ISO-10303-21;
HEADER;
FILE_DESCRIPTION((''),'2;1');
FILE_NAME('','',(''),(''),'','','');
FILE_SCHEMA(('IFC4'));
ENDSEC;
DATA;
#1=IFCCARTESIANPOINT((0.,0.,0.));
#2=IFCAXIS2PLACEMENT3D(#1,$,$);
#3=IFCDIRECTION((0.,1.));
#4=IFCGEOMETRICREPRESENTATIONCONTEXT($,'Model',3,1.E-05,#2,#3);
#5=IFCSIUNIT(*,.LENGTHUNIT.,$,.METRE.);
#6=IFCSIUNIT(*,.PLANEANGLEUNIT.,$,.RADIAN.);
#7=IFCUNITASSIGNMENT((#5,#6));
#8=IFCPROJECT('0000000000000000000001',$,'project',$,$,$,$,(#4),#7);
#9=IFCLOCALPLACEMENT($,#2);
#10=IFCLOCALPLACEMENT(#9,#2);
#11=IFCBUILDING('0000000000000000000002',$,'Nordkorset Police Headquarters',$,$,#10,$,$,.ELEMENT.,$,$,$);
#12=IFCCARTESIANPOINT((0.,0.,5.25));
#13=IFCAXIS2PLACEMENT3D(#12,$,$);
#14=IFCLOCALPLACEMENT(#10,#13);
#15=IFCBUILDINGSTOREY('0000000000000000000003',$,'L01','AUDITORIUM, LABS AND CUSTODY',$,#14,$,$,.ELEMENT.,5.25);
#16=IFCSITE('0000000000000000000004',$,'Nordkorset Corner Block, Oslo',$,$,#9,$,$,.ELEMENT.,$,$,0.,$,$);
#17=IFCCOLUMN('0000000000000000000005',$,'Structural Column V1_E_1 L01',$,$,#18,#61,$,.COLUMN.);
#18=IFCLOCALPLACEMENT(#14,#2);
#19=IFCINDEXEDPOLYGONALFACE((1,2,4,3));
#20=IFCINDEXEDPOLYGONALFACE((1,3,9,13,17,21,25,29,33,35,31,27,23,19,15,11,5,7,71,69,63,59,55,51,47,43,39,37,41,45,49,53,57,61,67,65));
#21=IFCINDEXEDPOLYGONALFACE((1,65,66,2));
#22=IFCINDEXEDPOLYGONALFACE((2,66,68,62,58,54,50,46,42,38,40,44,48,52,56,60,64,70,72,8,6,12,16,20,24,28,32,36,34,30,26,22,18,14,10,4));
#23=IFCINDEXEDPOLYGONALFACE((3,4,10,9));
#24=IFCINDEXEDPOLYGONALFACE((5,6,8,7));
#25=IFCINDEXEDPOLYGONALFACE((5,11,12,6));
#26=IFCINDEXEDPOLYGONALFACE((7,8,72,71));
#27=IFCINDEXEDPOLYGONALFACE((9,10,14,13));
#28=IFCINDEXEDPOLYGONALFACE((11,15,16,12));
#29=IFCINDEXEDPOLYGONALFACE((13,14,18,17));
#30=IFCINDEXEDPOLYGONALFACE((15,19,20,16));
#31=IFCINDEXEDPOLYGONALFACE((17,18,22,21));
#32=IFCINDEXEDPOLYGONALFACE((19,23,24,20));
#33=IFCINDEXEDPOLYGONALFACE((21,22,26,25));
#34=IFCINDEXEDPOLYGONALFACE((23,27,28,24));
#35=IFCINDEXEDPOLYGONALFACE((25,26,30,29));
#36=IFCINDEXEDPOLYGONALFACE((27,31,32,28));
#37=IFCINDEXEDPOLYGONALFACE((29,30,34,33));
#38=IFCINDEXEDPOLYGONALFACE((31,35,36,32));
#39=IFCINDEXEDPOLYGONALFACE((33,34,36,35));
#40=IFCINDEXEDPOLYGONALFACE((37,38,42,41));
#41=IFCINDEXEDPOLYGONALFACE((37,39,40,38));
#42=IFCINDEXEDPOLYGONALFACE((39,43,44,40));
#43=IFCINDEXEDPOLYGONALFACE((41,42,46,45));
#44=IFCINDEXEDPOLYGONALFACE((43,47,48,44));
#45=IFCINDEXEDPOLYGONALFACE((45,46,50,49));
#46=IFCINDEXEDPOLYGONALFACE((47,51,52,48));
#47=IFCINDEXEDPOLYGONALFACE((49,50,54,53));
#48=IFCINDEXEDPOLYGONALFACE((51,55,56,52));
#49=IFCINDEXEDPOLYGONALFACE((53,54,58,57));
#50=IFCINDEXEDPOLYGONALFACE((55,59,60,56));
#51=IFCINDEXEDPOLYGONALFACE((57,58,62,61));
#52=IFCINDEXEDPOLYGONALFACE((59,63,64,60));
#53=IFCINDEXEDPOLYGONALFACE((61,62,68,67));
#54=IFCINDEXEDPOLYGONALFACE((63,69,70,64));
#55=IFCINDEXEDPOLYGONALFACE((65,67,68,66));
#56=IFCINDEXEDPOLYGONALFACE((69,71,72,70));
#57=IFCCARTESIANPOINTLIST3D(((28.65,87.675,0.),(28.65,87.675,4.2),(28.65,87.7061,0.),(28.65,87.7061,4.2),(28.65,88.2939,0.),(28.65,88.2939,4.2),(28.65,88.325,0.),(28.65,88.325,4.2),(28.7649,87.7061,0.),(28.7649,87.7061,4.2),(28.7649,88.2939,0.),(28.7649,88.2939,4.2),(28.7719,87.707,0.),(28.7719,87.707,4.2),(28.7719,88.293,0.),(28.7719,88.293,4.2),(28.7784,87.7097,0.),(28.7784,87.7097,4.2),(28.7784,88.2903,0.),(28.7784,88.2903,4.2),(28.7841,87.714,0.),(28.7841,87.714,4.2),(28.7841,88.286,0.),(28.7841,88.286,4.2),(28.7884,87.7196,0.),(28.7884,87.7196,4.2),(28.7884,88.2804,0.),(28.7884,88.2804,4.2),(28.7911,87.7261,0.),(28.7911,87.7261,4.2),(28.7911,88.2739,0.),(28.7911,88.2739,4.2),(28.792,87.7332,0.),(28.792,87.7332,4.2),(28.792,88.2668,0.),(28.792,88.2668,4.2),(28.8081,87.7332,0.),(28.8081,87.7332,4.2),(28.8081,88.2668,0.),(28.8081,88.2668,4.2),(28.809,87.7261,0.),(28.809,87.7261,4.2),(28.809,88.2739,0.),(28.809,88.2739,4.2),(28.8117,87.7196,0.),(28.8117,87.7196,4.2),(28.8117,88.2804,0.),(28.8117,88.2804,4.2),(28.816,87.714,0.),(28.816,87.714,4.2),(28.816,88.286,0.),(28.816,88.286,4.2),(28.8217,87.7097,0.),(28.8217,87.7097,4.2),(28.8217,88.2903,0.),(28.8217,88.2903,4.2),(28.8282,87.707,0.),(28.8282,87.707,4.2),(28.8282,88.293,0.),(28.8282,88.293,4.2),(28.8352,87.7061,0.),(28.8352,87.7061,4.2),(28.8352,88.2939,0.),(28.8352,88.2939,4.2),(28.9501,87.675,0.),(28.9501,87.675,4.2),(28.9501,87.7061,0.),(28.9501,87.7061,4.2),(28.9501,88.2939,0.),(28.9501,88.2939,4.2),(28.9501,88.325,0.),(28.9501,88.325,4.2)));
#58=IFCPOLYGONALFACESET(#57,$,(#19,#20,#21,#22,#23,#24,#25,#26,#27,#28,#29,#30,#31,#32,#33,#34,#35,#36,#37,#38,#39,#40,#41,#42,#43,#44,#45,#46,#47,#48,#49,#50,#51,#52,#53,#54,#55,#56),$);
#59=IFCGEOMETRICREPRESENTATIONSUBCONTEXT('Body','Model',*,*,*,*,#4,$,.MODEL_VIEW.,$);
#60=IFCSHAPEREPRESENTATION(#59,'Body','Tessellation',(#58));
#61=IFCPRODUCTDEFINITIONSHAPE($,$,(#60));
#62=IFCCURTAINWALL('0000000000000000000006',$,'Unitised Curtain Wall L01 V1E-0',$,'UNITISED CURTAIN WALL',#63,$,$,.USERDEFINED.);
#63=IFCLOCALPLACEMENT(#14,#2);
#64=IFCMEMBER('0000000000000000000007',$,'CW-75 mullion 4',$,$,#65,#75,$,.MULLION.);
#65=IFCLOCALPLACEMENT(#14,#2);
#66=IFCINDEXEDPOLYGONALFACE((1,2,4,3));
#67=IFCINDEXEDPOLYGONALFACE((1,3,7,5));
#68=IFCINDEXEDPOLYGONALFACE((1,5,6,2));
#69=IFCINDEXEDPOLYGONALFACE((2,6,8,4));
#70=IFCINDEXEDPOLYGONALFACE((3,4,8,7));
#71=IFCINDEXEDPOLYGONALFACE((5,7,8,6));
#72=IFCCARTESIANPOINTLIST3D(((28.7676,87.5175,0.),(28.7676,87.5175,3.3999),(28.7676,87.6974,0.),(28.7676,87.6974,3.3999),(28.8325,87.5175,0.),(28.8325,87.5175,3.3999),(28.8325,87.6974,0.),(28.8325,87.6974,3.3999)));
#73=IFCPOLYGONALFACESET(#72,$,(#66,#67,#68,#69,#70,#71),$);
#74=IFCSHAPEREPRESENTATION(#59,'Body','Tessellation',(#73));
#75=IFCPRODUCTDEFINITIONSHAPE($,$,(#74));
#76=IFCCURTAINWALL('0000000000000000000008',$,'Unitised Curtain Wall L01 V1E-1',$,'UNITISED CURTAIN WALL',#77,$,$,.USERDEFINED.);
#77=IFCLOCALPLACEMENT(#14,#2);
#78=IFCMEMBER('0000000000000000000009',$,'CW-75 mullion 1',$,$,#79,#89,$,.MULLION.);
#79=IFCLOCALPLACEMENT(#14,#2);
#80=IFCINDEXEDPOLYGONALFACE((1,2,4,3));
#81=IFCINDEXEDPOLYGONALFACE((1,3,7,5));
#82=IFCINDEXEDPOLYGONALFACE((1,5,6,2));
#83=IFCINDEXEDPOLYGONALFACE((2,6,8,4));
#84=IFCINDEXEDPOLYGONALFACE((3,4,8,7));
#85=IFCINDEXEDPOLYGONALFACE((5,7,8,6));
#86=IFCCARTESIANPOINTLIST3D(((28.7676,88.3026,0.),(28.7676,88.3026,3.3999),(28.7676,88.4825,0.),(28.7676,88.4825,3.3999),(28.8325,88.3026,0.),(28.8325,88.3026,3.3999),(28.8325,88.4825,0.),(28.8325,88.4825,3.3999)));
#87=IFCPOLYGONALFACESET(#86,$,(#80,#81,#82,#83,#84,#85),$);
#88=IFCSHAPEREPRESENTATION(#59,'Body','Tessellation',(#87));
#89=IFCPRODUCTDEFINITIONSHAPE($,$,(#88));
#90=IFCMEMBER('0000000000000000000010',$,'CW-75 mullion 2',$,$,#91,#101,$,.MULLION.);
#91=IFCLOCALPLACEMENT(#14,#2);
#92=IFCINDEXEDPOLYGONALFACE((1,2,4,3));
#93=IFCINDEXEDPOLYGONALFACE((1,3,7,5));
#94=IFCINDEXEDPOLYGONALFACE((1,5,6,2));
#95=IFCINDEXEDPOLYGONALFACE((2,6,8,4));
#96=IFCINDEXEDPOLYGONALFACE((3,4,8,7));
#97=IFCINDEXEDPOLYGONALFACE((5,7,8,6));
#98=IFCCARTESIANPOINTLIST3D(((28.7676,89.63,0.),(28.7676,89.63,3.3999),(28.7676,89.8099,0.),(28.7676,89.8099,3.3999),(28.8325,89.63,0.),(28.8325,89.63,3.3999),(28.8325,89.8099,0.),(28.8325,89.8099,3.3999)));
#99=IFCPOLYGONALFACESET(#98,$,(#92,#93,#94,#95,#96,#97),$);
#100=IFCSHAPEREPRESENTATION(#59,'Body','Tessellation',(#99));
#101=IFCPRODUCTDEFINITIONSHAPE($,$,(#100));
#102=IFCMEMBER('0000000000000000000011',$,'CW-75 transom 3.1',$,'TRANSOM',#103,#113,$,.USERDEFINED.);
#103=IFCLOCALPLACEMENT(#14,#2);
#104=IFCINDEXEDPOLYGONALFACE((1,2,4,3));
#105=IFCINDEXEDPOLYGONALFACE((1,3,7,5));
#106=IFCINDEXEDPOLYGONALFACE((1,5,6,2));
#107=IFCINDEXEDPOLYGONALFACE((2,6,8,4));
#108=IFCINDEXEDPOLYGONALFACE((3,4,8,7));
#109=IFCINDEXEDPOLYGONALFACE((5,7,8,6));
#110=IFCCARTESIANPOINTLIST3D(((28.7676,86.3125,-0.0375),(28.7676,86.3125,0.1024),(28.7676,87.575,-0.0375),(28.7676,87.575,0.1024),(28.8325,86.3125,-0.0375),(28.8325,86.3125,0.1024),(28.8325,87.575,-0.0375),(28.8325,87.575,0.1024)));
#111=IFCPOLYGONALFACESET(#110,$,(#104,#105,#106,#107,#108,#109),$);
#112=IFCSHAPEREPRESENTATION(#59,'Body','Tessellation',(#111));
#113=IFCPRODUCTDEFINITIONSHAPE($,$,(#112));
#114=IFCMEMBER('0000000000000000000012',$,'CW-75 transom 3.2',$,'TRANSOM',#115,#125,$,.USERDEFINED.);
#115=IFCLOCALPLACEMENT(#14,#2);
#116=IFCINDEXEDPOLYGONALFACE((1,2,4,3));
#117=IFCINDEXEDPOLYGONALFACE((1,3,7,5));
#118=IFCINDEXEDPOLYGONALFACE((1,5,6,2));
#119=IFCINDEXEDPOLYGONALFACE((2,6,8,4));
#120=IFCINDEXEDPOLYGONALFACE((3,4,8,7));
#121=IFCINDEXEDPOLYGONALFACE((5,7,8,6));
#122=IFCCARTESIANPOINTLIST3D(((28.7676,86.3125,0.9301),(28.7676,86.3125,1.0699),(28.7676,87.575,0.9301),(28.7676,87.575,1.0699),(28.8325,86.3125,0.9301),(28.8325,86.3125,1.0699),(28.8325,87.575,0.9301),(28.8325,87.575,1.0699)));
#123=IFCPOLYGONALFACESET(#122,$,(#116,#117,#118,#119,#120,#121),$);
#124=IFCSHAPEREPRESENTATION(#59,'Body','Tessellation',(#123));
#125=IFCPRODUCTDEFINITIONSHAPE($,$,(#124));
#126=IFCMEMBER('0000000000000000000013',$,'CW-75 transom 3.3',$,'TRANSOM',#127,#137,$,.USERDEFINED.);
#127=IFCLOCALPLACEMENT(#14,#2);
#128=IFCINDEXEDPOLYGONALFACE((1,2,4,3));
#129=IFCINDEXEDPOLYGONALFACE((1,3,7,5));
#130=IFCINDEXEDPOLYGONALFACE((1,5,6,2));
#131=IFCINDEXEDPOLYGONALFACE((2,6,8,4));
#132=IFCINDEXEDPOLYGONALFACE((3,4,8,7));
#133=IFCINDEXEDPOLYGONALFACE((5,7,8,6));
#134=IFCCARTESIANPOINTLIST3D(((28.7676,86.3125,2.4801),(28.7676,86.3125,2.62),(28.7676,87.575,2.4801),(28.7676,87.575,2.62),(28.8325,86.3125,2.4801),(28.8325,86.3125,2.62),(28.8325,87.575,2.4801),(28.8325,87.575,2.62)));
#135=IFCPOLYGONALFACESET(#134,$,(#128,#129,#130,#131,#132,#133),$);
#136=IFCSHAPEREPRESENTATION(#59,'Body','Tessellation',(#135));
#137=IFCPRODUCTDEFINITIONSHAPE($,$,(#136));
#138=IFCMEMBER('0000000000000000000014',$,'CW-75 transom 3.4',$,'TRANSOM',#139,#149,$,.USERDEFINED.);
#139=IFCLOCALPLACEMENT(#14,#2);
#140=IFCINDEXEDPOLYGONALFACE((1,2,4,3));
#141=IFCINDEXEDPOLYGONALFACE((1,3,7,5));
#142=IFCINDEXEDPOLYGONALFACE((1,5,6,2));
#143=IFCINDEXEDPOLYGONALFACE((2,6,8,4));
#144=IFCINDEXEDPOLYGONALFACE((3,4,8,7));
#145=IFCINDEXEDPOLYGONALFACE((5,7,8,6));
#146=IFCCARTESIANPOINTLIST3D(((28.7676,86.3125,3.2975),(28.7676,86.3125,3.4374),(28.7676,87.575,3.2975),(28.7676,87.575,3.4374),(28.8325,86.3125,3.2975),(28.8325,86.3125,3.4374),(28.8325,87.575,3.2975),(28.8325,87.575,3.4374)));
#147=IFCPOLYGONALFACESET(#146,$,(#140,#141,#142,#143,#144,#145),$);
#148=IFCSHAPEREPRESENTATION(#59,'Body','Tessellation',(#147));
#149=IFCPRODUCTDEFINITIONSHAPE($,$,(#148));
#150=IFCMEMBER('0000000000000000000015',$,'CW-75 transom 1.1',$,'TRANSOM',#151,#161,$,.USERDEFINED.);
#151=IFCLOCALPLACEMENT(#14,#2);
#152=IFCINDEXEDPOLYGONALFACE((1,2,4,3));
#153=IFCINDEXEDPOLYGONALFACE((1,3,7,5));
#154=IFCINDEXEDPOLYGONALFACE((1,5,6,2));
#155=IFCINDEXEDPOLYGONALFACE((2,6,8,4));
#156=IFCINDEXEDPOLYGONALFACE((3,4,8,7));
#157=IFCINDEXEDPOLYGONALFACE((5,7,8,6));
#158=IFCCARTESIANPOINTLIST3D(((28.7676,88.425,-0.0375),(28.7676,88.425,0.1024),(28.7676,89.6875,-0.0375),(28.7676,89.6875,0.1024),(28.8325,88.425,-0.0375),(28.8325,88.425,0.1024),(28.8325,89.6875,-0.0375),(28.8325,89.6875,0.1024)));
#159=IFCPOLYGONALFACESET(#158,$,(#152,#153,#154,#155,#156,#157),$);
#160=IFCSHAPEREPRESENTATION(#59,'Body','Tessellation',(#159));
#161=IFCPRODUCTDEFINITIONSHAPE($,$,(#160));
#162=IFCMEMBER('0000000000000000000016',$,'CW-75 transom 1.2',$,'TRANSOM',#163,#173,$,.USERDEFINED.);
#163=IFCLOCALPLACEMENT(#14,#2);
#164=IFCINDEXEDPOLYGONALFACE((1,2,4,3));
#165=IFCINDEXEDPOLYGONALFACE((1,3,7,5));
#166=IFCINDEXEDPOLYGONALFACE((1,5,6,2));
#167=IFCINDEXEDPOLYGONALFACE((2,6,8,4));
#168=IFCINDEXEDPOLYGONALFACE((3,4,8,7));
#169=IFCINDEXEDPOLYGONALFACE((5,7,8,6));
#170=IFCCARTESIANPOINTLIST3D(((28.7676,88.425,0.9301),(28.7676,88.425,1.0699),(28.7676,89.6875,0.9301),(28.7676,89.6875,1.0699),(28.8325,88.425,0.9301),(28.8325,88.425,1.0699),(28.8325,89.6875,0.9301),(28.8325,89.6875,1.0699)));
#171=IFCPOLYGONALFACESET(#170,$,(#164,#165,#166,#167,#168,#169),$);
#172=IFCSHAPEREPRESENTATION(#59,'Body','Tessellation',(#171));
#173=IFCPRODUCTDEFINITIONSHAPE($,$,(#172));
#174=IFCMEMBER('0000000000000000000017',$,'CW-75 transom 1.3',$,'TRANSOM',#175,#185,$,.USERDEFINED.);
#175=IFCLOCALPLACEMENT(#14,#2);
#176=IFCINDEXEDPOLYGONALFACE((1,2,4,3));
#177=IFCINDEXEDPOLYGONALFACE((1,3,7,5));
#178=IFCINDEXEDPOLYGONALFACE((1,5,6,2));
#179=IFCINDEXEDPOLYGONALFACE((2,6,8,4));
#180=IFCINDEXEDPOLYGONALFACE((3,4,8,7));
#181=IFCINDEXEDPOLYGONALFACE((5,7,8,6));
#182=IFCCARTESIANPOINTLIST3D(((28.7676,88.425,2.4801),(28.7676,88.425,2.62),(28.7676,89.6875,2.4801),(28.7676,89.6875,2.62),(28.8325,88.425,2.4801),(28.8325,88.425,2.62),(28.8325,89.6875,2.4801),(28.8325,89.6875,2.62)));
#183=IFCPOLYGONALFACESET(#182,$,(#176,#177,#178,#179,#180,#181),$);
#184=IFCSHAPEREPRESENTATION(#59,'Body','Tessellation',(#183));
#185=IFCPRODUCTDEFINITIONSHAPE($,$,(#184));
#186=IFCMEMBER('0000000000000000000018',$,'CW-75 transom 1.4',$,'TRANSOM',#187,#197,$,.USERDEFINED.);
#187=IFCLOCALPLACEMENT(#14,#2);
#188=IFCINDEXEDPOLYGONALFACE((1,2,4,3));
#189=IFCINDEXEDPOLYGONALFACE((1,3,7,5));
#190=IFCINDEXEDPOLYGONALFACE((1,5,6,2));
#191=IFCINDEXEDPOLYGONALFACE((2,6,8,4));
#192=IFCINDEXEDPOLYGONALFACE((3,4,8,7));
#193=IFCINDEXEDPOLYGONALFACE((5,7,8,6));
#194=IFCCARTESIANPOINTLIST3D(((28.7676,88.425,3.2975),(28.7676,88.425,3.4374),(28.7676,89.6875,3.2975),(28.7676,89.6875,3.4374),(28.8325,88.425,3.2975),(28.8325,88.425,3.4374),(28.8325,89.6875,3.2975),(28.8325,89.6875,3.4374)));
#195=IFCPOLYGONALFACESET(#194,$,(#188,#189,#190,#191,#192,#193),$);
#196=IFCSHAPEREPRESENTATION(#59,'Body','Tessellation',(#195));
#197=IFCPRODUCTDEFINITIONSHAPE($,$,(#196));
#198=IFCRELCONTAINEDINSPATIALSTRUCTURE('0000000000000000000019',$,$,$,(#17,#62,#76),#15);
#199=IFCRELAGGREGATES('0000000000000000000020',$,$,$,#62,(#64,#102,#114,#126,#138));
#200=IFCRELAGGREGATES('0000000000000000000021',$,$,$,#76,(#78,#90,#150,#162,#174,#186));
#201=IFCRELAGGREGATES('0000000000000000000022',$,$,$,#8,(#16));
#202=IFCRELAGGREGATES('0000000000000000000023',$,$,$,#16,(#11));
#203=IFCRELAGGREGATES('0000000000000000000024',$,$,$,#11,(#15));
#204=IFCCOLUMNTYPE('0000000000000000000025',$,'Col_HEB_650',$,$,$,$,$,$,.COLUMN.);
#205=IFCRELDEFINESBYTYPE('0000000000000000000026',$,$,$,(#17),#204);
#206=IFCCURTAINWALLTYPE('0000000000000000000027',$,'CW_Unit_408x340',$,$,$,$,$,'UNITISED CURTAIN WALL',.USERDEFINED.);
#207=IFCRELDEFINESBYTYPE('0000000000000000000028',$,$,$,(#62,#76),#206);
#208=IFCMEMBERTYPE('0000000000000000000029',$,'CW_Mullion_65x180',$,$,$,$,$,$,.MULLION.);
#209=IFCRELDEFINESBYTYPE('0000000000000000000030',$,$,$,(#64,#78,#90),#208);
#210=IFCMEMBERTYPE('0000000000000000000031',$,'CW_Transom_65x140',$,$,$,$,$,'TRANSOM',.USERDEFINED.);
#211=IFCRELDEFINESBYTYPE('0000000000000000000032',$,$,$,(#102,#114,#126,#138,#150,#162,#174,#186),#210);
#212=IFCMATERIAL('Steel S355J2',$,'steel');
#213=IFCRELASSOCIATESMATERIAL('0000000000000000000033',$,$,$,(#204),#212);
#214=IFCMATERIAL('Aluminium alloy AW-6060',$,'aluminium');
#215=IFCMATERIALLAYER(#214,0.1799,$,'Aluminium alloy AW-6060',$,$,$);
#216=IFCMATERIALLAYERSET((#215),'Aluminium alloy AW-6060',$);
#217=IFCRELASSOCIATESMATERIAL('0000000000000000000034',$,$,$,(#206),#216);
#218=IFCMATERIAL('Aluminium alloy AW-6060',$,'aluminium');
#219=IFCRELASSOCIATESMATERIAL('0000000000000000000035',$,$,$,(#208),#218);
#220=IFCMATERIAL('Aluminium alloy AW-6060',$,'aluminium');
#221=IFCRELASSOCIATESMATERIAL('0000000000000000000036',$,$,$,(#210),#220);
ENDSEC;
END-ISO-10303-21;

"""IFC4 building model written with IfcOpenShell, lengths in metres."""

from ifc_helpers import new_model, si_unit, direction, frame, origin, origin_2d, place, context, subcontext, project, spatial, rectangle, i_section, extrude, material, layer, layer_set, material_profile, profile_set, type_object, element, aggregate, save


model = new_model("IFC4")

# Units and contexts
model_context = context("Model", 3, precision=1e-05, world=origin(), true_north=direction((0.0, 1.0)))
body_context = subcontext(model_context, "Body", "Model", "MODEL_VIEW")
ifc_project = project(units=[si_unit("LENGTHUNIT", "METRE"), si_unit("PLANEANGLEUNIT", "RADIAN")], contexts=[model_context])

# Site, building, storey
site_placement = place(None, origin())
site = spatial("IfcSite", under=ifc_project, at=site_placement, Name="Nordkorset Corner Block, Oslo", CompositionType="ELEMENT", RefElevation=0.0)
building_placement = place(site_placement, origin())
building = spatial("IfcBuilding", under=site, at=building_placement, Name="Nordkorset Police Headquarters", CompositionType="ELEMENT")
storey_placement = place(building_placement, frame((0.0, 0.0, 5.25)))
storey = spatial("IfcBuildingStorey", under=building, at=storey_placement, Name="L01", Description="AUDITORIUM, LABS AND CUSTODY", CompositionType="ELEMENT", Elevation=5.25)

# Column
ifc_material_1 = material(Name="Steel S355J2", Category="steel")
ifc_material_profile_1 = material_profile(ifc_material_1, i_section(OverallWidth=0.3, OverallDepth=0.6499, WebThickness=0.0161, FlangeThickness=0.031, FilletRadius=0.0271, at=origin_2d()), Name="HEB 650")
ifc_profile_set_1 = profile_set([ifc_material_profile_1], Name="Steel S355J2")
column_type = type_object("IfcColumnType", Name="Col_HEB_650", PredefinedType="COLUMN", material=ifc_profile_set_1)
column_placement = place(storey_placement, frame((28.8, 88.0, 0.0), z_axis=(0.0, 0.0, 1.0), x_axis=(1.0, 0.0, 0.0)))
element("IfcColumn", 1, at=column_placement, inside=storey, type_object=column_type, Name="Structural Column V1_E_1 L01", PredefinedType="COLUMN", context=body_context, shape_type="SweptSolid", body=[
    extrude(i_section(OverallWidth=0.3, OverallDepth=0.6499, WebThickness=0.0161, FlangeThickness=0.031, FilletRadius=0.0271, at=origin_2d()), origin(), (0.0, 0.0, 1.0), 4.2),
])

# Curtain wall, member
ifc_material_2 = material(Name="Aluminium alloy AW-6060", Category="aluminium")
ifc_layer_1 = layer(ifc_material_2, 0.1799, Name="Aluminium alloy AW-6060")
ifc_layer_set_1 = layer_set([ifc_layer_1], Name="Aluminium alloy AW-6060")
curtain_wall_type = type_object("IfcCurtainWallType", Name="CW_Unit_408x340", ElementType="UNITISED CURTAIN WALL", PredefinedType="USERDEFINED", material=ifc_layer_set_1)
curtain_wall_1_placement = place(storey_placement, origin())
curtain_wall_1 = element("IfcCurtainWall", 2, at=curtain_wall_1_placement, inside=storey, type_object=curtain_wall_type, Name="Unitised Curtain Wall L01 V1E-0", ObjectType="UNITISED CURTAIN WALL", PredefinedType="USERDEFINED")
ifc_material_3 = material(Name="Aluminium alloy AW-6060", Category="aluminium")
ifc_material_profile_2 = material_profile(ifc_material_3, rectangle(XDim=0.0649, YDim=0.1799, at=origin_2d()), Name="ALU MULL 65x180")
ifc_profile_set_2 = profile_set([ifc_material_profile_2], Name="Aluminium alloy AW-6060")
member_type_1 = type_object("IfcMemberType", Name="CW_Mullion_65x180", PredefinedType="MULLION", material=ifc_profile_set_2)
member_1_placement = place(storey_placement, frame((28.8, 87.6074, 0.0), z_axis=(0.0, 0.0, 1.0), x_axis=(-1.0, 0.0, 0.0)))
member_1 = element("IfcMember", 3, at=member_1_placement, type_object=member_type_1, Name="CW-75 mullion 4", PredefinedType="MULLION", context=body_context, shape_type="SweptSolid", body=[
    extrude(rectangle(XDim=0.0649, YDim=0.1799, at=origin_2d()), origin(), (0.0, 0.0, 1.0), 3.3999),
])

# Curtain wall, members
curtain_wall_2_placement = place(storey_placement, origin())
curtain_wall_2 = element("IfcCurtainWall", 4, at=curtain_wall_2_placement, inside=storey, type_object=curtain_wall_type, Name="Unitised Curtain Wall L01 V1E-1", ObjectType="UNITISED CURTAIN WALL", PredefinedType="USERDEFINED")
member_2_placement = place(storey_placement, frame((28.8, 88.3926, 0.0), z_axis=(0.0, 0.0, 1.0), x_axis=(-1.0, 0.0, 0.0)))
member_2 = element("IfcMember", 5, at=member_2_placement, type_object=member_type_1, Name="CW-75 mullion 1", PredefinedType="MULLION", context=body_context, shape_type="SweptSolid", body=[
    extrude(rectangle(XDim=0.0649, YDim=0.1799, at=origin_2d()), origin(), (0.0, 0.0, 1.0), 3.3999),
])
member_3_placement = place(storey_placement, frame((28.8, 89.72, 0.0), z_axis=(0.0, 0.0, 1.0), x_axis=(-1.0, 0.0, 0.0)))
member_3 = element("IfcMember", 6, at=member_3_placement, type_object=member_type_1, Name="CW-75 mullion 2", PredefinedType="MULLION", context=body_context, shape_type="SweptSolid", body=[
    extrude(rectangle(XDim=0.0649, YDim=0.1799, at=origin_2d()), origin(), (0.0, 0.0, 1.0), 3.3999),
])

# Members
ifc_material_4 = material(Name="Aluminium alloy AW-6060", Category="aluminium")
ifc_material_profile_3 = material_profile(ifc_material_4, rectangle(XDim=0.0649, YDim=0.1399, at=origin_2d()), Name="ALU TRAN 65x140")
ifc_profile_set_3 = profile_set([ifc_material_profile_3], Name="Aluminium alloy AW-6060")
member_type_2 = type_object("IfcMemberType", Name="CW_Transom_65x140", ElementType="TRANSOM", PredefinedType="USERDEFINED", material=ifc_profile_set_3)
member_4_placement = place(storey_placement, frame((28.8, 86.3125, 0.0325), z_axis=(0.0, 1.0, 0.0), x_axis=(-1.0, 0.0, 0.0)))
member_4 = element("IfcMember", 7, at=member_4_placement, type_object=member_type_2, Name="CW-75 transom 3.1", ObjectType="TRANSOM", PredefinedType="USERDEFINED", context=body_context, shape_type="SweptSolid", body=[
    extrude(rectangle(XDim=0.0649, YDim=0.1399, at=origin_2d()), origin(), (0.0, 0.0, 1.0), 1.2625),
])
member_5_placement = place(storey_placement, frame((28.8, 86.3125, 1.0), z_axis=(0.0, 1.0, 0.0), x_axis=(-1.0, 0.0, 0.0)))
member_5 = element("IfcMember", 8, at=member_5_placement, type_object=member_type_2, Name="CW-75 transom 3.2", ObjectType="TRANSOM", PredefinedType="USERDEFINED", context=body_context, shape_type="SweptSolid", body=[
    extrude(rectangle(XDim=0.0649, YDim=0.1399, at=origin_2d()), origin(), (0.0, 0.0, 1.0), 1.2625),
])
member_6_placement = place(storey_placement, frame((28.8, 86.3125, 2.55), z_axis=(0.0, 1.0, 0.0), x_axis=(-1.0, 0.0, 0.0)))
member_6 = element("IfcMember", 9, at=member_6_placement, type_object=member_type_2, Name="CW-75 transom 3.3", ObjectType="TRANSOM", PredefinedType="USERDEFINED", context=body_context, shape_type="SweptSolid", body=[
    extrude(rectangle(XDim=0.0649, YDim=0.1399, at=origin_2d()), origin(), (0.0, 0.0, 1.0), 1.2625),
])
member_7_placement = place(storey_placement, frame((28.8, 86.3125, 3.3674), z_axis=(0.0, 1.0, 0.0), x_axis=(-1.0, 0.0, 0.0)))
member_7 = element("IfcMember", 10, at=member_7_placement, type_object=member_type_2, Name="CW-75 transom 3.4", ObjectType="TRANSOM", PredefinedType="USERDEFINED", context=body_context, shape_type="SweptSolid", body=[
    extrude(rectangle(XDim=0.0649, YDim=0.1399, at=origin_2d()), origin(), (0.0, 0.0, 1.0), 1.2625),
])
member_8_placement = place(storey_placement, frame((28.8, 88.425, 0.0325), z_axis=(0.0, 1.0, 0.0), x_axis=(-1.0, 0.0, 0.0)))
member_8 = element("IfcMember", 11, at=member_8_placement, type_object=member_type_2, Name="CW-75 transom 1.1", ObjectType="TRANSOM", PredefinedType="USERDEFINED", context=body_context, shape_type="SweptSolid", body=[
    extrude(rectangle(XDim=0.0649, YDim=0.1399, at=origin_2d()), origin(), (0.0, 0.0, 1.0), 1.2625),
])
member_9_placement = place(storey_placement, frame((28.8, 88.425, 1.0), z_axis=(0.0, 1.0, 0.0), x_axis=(-1.0, 0.0, 0.0)))
member_9 = element("IfcMember", 12, at=member_9_placement, type_object=member_type_2, Name="CW-75 transom 1.2", ObjectType="TRANSOM", PredefinedType="USERDEFINED", context=body_context, shape_type="SweptSolid", body=[
    extrude(rectangle(XDim=0.0649, YDim=0.1399, at=origin_2d()), origin(), (0.0, 0.0, 1.0), 1.2625),
])
member_10_placement = place(storey_placement, frame((28.8, 88.425, 2.55), z_axis=(0.0, 1.0, 0.0), x_axis=(-1.0, 0.0, 0.0)))
member_10 = element("IfcMember", 13, at=member_10_placement, type_object=member_type_2, Name="CW-75 transom 1.3", ObjectType="TRANSOM", PredefinedType="USERDEFINED", context=body_context, shape_type="SweptSolid", body=[
    extrude(rectangle(XDim=0.0649, YDim=0.1399, at=origin_2d()), origin(), (0.0, 0.0, 1.0), 1.2625),
])
member_11_placement = place(storey_placement, frame((28.8, 88.425, 3.3674), z_axis=(0.0, 1.0, 0.0), x_axis=(-1.0, 0.0, 0.0)))
member_11 = element("IfcMember", 14, at=member_11_placement, type_object=member_type_2, Name="CW-75 transom 1.4", ObjectType="TRANSOM", PredefinedType="USERDEFINED", context=body_context, shape_type="SweptSolid", body=[
    extrude(rectangle(XDim=0.0649, YDim=0.1399, at=origin_2d()), origin(), (0.0, 0.0, 1.0), 1.2625),
])

aggregate(curtain_wall_1, [member_1, member_4, member_5, member_6, member_7])
aggregate(curtain_wall_2, [member_2, member_3, member_8, member_9, member_10, member_11])

save(model, "model.ifc")
